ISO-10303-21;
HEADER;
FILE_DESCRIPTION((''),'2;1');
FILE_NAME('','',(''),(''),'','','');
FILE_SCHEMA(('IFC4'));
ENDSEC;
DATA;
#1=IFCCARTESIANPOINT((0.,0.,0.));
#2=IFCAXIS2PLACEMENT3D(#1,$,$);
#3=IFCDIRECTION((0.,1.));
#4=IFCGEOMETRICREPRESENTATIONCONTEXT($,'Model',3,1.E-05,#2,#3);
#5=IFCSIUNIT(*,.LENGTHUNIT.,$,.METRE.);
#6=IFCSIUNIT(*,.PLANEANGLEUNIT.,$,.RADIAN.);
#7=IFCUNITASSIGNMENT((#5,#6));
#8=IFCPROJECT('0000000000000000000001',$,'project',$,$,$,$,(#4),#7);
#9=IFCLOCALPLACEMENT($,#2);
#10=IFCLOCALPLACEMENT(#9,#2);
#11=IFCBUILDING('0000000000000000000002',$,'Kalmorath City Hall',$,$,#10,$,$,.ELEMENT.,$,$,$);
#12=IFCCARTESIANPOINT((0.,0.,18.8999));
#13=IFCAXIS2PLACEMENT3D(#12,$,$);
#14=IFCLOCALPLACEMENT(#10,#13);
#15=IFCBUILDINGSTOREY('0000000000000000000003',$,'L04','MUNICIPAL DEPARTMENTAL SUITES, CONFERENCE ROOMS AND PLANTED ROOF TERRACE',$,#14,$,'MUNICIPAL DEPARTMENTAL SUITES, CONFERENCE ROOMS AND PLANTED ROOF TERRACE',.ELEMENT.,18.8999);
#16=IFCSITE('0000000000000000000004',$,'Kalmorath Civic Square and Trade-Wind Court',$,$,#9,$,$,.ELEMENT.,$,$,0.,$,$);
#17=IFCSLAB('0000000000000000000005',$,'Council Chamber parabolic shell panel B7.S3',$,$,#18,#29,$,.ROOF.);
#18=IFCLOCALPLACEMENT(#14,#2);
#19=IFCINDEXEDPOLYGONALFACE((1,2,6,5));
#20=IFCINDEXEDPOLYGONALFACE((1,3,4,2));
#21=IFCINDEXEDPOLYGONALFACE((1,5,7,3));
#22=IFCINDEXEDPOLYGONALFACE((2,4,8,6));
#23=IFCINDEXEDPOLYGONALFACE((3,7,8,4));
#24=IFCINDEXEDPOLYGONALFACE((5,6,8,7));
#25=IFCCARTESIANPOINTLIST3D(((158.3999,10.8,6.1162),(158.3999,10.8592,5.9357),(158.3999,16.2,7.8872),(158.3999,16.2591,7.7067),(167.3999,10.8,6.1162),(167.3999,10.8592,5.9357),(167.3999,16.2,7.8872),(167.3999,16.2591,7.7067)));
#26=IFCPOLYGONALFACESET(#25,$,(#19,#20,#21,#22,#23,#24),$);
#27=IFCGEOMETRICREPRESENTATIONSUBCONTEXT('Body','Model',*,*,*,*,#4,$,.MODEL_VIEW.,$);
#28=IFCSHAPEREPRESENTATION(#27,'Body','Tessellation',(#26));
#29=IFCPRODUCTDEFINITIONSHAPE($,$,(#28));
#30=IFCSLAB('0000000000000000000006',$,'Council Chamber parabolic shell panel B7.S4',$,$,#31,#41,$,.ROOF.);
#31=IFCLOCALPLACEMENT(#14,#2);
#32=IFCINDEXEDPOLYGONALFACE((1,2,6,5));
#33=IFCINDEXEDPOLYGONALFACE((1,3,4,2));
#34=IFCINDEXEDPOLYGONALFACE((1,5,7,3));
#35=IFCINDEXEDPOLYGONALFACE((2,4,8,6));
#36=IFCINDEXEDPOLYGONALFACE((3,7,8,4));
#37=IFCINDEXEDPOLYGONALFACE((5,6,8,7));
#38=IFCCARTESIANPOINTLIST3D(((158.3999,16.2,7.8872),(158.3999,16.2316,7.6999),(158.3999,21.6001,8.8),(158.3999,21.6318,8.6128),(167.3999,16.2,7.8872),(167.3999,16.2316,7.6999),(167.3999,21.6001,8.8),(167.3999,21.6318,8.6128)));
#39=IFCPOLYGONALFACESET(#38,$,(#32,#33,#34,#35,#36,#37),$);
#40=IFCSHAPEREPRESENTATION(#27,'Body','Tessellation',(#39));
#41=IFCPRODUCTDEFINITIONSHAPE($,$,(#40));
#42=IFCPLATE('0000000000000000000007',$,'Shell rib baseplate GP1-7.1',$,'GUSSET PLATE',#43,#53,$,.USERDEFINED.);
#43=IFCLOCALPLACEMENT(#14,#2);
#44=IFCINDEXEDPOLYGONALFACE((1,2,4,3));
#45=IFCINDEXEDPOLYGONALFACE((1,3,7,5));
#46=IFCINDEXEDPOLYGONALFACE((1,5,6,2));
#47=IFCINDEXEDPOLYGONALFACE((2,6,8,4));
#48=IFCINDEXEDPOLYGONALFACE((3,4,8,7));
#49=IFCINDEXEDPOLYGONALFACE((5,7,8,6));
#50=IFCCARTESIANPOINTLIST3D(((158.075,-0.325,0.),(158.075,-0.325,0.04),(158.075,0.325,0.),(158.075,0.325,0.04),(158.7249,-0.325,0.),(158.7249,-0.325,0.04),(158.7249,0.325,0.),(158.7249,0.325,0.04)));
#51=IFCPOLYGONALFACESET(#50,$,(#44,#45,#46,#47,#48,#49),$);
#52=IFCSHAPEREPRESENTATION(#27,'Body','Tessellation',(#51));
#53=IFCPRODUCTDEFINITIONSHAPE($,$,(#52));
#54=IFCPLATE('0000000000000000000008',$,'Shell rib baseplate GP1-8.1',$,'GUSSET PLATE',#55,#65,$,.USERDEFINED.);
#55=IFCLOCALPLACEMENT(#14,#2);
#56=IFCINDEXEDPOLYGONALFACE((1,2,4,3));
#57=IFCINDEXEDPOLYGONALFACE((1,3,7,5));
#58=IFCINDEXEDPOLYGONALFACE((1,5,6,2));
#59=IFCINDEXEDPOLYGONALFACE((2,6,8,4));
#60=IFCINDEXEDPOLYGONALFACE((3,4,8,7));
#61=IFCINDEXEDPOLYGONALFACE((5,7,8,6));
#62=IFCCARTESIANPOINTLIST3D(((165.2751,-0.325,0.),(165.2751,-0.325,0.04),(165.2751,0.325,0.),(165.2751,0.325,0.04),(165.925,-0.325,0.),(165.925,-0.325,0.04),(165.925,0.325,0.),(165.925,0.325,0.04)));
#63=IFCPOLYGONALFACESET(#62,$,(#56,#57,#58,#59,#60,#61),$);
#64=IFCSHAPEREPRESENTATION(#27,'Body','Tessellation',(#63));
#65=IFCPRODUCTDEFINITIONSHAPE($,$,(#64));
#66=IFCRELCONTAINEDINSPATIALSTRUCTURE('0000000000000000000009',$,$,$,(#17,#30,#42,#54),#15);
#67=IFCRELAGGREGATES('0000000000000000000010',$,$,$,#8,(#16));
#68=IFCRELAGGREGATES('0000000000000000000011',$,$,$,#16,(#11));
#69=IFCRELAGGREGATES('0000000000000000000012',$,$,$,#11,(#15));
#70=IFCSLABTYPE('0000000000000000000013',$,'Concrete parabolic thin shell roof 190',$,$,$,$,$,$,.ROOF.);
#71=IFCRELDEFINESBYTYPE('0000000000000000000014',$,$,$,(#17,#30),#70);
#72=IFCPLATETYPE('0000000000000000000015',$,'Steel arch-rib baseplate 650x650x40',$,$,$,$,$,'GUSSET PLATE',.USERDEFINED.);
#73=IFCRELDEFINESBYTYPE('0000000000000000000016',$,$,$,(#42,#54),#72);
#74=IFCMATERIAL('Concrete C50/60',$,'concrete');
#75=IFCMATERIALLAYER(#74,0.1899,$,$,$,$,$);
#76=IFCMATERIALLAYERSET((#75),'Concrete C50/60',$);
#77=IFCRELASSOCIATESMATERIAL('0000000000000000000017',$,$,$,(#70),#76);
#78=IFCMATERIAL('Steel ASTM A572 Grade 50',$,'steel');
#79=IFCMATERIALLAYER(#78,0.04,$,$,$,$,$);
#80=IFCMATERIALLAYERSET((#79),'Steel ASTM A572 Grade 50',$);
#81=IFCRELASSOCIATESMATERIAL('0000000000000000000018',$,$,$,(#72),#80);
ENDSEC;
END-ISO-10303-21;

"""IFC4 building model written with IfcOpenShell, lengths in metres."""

from ifc_helpers import new_model, si_unit, direction, frame, origin, origin_2d, place, context, subcontext, project, spatial, polyline, rectangle, outline, extrude, material, layer, layer_set, type_object, element, save


model = new_model("IFC4")

# Units and contexts
model_context = context("Model", 3, precision=1e-05, world=origin(), true_north=direction((0.0, 1.0)))
body_context = subcontext(model_context, "Body", "Model", "MODEL_VIEW")
ifc_project = project(units=[si_unit("LENGTHUNIT", "METRE"), si_unit("PLANEANGLEUNIT", "RADIAN")], contexts=[model_context])

# Site, building, storey
site_placement = place(None, origin())
site = spatial("IfcSite", under=ifc_project, at=site_placement, Name="Kalmorath Civic Square and Trade-Wind Court", CompositionType="ELEMENT", RefElevation=0.0)
building_placement = place(site_placement, origin())
building = spatial("IfcBuilding", under=site, at=building_placement, Name="Kalmorath City Hall", CompositionType="ELEMENT")
storey_placement = place(building_placement, frame((0.0, 0.0, 18.8999)))
storey = spatial("IfcBuildingStorey", under=building, at=storey_placement, Name="L04", Description="MUNICIPAL DEPARTMENTAL SUITES, CONFERENCE ROOMS AND PLANTED ROOF TERRACE", LongName="MUNICIPAL DEPARTMENTAL SUITES, CONFERENCE ROOMS AND PLANTED ROOF TERRACE", CompositionType="ELEMENT", Elevation=18.8999)

# Slabs
ifc_material_1 = material(Name="Concrete C50/60", Category="concrete")
ifc_layer_1 = layer(ifc_material_1, 0.1899)
ifc_layer_set_1 = layer_set([ifc_layer_1], Name="Concrete C50/60")
slab_type = type_object("IfcSlabType", Name="Concrete parabolic thin shell roof 190", PredefinedType="ROOF", material=ifc_layer_set_1)
slab_1_placement = place(storey_placement, frame((158.3999, 10.8, 6.1162), z_axis=(0.0, -0.311636, 0.950202), x_axis=(1.0, 0.0, 0.0)))
element("IfcSlab", 1, at=slab_1_placement, inside=storey, type_object=slab_type, Name="Council Chamber parabolic shell panel B7.S3", PredefinedType="ROOF", context=body_context, shape_type="SweptSolid", body=[
    extrude(outline(polyline([(0.0, 0.0), (9.0, 0.0), (9.0, 5.6829), (0.0, 5.6829), (0.0, 0.0)])), origin(), (0.0, 0.0, -1.0), 0.1899),
])
slab_2_placement = place(storey_placement, frame((158.3999, 16.2, 7.8872), z_axis=(0.0, -0.166676, 0.986012), x_axis=(1.0, 0.0, 0.0)))
element("IfcSlab", 2, at=slab_2_placement, inside=storey, type_object=slab_type, Name="Council Chamber parabolic shell panel B7.S4", PredefinedType="ROOF", context=body_context, shape_type="SweptSolid", body=[
    extrude(outline(polyline([(0.0, 0.0), (9.0, 0.0), (9.0, 5.4768), (0.0, 5.4768), (0.0, 0.0)])), origin(), (0.0, 0.0, -1.0), 0.1899),
])

# Plates
ifc_material_2 = material(Name="Steel ASTM A572 Grade 50", Category="steel")
ifc_layer_2 = layer(ifc_material_2, 0.04)
ifc_layer_set_2 = layer_set([ifc_layer_2], Name="Steel ASTM A572 Grade 50")
plate_type = type_object("IfcPlateType", Name="Steel arch-rib baseplate 650x650x40", ElementType="GUSSET PLATE", PredefinedType="USERDEFINED", material=ifc_layer_set_2)
for number, where, z_axis, x_axis, name in (
    (3, (158.3999, 0.0, 0.0), (0.0, 0.0, 1.0), (1.0, 0.0, 0.0), "Shell rib baseplate GP1-7.1"),
    (4, (165.6001, 0.0, 0.0), (0.0, 0.0, 1.0), (1.0, 0.0, 0.0), "Shell rib baseplate GP1-8.1"),
):
    element("IfcPlate", number, at=place(storey_placement, frame(where, z_axis=z_axis, x_axis=x_axis)), inside=storey, type_object=plate_type, Name=name, ObjectType="GUSSET PLATE", PredefinedType="USERDEFINED", context=body_context, shape_type="SweptSolid", body=[
        extrude(rectangle(XDim=0.6499, YDim=0.6499, at=origin_2d()), origin(), (0.0, 0.0, 1.0), 0.04),
    ])

save(model, "model.ifc")
